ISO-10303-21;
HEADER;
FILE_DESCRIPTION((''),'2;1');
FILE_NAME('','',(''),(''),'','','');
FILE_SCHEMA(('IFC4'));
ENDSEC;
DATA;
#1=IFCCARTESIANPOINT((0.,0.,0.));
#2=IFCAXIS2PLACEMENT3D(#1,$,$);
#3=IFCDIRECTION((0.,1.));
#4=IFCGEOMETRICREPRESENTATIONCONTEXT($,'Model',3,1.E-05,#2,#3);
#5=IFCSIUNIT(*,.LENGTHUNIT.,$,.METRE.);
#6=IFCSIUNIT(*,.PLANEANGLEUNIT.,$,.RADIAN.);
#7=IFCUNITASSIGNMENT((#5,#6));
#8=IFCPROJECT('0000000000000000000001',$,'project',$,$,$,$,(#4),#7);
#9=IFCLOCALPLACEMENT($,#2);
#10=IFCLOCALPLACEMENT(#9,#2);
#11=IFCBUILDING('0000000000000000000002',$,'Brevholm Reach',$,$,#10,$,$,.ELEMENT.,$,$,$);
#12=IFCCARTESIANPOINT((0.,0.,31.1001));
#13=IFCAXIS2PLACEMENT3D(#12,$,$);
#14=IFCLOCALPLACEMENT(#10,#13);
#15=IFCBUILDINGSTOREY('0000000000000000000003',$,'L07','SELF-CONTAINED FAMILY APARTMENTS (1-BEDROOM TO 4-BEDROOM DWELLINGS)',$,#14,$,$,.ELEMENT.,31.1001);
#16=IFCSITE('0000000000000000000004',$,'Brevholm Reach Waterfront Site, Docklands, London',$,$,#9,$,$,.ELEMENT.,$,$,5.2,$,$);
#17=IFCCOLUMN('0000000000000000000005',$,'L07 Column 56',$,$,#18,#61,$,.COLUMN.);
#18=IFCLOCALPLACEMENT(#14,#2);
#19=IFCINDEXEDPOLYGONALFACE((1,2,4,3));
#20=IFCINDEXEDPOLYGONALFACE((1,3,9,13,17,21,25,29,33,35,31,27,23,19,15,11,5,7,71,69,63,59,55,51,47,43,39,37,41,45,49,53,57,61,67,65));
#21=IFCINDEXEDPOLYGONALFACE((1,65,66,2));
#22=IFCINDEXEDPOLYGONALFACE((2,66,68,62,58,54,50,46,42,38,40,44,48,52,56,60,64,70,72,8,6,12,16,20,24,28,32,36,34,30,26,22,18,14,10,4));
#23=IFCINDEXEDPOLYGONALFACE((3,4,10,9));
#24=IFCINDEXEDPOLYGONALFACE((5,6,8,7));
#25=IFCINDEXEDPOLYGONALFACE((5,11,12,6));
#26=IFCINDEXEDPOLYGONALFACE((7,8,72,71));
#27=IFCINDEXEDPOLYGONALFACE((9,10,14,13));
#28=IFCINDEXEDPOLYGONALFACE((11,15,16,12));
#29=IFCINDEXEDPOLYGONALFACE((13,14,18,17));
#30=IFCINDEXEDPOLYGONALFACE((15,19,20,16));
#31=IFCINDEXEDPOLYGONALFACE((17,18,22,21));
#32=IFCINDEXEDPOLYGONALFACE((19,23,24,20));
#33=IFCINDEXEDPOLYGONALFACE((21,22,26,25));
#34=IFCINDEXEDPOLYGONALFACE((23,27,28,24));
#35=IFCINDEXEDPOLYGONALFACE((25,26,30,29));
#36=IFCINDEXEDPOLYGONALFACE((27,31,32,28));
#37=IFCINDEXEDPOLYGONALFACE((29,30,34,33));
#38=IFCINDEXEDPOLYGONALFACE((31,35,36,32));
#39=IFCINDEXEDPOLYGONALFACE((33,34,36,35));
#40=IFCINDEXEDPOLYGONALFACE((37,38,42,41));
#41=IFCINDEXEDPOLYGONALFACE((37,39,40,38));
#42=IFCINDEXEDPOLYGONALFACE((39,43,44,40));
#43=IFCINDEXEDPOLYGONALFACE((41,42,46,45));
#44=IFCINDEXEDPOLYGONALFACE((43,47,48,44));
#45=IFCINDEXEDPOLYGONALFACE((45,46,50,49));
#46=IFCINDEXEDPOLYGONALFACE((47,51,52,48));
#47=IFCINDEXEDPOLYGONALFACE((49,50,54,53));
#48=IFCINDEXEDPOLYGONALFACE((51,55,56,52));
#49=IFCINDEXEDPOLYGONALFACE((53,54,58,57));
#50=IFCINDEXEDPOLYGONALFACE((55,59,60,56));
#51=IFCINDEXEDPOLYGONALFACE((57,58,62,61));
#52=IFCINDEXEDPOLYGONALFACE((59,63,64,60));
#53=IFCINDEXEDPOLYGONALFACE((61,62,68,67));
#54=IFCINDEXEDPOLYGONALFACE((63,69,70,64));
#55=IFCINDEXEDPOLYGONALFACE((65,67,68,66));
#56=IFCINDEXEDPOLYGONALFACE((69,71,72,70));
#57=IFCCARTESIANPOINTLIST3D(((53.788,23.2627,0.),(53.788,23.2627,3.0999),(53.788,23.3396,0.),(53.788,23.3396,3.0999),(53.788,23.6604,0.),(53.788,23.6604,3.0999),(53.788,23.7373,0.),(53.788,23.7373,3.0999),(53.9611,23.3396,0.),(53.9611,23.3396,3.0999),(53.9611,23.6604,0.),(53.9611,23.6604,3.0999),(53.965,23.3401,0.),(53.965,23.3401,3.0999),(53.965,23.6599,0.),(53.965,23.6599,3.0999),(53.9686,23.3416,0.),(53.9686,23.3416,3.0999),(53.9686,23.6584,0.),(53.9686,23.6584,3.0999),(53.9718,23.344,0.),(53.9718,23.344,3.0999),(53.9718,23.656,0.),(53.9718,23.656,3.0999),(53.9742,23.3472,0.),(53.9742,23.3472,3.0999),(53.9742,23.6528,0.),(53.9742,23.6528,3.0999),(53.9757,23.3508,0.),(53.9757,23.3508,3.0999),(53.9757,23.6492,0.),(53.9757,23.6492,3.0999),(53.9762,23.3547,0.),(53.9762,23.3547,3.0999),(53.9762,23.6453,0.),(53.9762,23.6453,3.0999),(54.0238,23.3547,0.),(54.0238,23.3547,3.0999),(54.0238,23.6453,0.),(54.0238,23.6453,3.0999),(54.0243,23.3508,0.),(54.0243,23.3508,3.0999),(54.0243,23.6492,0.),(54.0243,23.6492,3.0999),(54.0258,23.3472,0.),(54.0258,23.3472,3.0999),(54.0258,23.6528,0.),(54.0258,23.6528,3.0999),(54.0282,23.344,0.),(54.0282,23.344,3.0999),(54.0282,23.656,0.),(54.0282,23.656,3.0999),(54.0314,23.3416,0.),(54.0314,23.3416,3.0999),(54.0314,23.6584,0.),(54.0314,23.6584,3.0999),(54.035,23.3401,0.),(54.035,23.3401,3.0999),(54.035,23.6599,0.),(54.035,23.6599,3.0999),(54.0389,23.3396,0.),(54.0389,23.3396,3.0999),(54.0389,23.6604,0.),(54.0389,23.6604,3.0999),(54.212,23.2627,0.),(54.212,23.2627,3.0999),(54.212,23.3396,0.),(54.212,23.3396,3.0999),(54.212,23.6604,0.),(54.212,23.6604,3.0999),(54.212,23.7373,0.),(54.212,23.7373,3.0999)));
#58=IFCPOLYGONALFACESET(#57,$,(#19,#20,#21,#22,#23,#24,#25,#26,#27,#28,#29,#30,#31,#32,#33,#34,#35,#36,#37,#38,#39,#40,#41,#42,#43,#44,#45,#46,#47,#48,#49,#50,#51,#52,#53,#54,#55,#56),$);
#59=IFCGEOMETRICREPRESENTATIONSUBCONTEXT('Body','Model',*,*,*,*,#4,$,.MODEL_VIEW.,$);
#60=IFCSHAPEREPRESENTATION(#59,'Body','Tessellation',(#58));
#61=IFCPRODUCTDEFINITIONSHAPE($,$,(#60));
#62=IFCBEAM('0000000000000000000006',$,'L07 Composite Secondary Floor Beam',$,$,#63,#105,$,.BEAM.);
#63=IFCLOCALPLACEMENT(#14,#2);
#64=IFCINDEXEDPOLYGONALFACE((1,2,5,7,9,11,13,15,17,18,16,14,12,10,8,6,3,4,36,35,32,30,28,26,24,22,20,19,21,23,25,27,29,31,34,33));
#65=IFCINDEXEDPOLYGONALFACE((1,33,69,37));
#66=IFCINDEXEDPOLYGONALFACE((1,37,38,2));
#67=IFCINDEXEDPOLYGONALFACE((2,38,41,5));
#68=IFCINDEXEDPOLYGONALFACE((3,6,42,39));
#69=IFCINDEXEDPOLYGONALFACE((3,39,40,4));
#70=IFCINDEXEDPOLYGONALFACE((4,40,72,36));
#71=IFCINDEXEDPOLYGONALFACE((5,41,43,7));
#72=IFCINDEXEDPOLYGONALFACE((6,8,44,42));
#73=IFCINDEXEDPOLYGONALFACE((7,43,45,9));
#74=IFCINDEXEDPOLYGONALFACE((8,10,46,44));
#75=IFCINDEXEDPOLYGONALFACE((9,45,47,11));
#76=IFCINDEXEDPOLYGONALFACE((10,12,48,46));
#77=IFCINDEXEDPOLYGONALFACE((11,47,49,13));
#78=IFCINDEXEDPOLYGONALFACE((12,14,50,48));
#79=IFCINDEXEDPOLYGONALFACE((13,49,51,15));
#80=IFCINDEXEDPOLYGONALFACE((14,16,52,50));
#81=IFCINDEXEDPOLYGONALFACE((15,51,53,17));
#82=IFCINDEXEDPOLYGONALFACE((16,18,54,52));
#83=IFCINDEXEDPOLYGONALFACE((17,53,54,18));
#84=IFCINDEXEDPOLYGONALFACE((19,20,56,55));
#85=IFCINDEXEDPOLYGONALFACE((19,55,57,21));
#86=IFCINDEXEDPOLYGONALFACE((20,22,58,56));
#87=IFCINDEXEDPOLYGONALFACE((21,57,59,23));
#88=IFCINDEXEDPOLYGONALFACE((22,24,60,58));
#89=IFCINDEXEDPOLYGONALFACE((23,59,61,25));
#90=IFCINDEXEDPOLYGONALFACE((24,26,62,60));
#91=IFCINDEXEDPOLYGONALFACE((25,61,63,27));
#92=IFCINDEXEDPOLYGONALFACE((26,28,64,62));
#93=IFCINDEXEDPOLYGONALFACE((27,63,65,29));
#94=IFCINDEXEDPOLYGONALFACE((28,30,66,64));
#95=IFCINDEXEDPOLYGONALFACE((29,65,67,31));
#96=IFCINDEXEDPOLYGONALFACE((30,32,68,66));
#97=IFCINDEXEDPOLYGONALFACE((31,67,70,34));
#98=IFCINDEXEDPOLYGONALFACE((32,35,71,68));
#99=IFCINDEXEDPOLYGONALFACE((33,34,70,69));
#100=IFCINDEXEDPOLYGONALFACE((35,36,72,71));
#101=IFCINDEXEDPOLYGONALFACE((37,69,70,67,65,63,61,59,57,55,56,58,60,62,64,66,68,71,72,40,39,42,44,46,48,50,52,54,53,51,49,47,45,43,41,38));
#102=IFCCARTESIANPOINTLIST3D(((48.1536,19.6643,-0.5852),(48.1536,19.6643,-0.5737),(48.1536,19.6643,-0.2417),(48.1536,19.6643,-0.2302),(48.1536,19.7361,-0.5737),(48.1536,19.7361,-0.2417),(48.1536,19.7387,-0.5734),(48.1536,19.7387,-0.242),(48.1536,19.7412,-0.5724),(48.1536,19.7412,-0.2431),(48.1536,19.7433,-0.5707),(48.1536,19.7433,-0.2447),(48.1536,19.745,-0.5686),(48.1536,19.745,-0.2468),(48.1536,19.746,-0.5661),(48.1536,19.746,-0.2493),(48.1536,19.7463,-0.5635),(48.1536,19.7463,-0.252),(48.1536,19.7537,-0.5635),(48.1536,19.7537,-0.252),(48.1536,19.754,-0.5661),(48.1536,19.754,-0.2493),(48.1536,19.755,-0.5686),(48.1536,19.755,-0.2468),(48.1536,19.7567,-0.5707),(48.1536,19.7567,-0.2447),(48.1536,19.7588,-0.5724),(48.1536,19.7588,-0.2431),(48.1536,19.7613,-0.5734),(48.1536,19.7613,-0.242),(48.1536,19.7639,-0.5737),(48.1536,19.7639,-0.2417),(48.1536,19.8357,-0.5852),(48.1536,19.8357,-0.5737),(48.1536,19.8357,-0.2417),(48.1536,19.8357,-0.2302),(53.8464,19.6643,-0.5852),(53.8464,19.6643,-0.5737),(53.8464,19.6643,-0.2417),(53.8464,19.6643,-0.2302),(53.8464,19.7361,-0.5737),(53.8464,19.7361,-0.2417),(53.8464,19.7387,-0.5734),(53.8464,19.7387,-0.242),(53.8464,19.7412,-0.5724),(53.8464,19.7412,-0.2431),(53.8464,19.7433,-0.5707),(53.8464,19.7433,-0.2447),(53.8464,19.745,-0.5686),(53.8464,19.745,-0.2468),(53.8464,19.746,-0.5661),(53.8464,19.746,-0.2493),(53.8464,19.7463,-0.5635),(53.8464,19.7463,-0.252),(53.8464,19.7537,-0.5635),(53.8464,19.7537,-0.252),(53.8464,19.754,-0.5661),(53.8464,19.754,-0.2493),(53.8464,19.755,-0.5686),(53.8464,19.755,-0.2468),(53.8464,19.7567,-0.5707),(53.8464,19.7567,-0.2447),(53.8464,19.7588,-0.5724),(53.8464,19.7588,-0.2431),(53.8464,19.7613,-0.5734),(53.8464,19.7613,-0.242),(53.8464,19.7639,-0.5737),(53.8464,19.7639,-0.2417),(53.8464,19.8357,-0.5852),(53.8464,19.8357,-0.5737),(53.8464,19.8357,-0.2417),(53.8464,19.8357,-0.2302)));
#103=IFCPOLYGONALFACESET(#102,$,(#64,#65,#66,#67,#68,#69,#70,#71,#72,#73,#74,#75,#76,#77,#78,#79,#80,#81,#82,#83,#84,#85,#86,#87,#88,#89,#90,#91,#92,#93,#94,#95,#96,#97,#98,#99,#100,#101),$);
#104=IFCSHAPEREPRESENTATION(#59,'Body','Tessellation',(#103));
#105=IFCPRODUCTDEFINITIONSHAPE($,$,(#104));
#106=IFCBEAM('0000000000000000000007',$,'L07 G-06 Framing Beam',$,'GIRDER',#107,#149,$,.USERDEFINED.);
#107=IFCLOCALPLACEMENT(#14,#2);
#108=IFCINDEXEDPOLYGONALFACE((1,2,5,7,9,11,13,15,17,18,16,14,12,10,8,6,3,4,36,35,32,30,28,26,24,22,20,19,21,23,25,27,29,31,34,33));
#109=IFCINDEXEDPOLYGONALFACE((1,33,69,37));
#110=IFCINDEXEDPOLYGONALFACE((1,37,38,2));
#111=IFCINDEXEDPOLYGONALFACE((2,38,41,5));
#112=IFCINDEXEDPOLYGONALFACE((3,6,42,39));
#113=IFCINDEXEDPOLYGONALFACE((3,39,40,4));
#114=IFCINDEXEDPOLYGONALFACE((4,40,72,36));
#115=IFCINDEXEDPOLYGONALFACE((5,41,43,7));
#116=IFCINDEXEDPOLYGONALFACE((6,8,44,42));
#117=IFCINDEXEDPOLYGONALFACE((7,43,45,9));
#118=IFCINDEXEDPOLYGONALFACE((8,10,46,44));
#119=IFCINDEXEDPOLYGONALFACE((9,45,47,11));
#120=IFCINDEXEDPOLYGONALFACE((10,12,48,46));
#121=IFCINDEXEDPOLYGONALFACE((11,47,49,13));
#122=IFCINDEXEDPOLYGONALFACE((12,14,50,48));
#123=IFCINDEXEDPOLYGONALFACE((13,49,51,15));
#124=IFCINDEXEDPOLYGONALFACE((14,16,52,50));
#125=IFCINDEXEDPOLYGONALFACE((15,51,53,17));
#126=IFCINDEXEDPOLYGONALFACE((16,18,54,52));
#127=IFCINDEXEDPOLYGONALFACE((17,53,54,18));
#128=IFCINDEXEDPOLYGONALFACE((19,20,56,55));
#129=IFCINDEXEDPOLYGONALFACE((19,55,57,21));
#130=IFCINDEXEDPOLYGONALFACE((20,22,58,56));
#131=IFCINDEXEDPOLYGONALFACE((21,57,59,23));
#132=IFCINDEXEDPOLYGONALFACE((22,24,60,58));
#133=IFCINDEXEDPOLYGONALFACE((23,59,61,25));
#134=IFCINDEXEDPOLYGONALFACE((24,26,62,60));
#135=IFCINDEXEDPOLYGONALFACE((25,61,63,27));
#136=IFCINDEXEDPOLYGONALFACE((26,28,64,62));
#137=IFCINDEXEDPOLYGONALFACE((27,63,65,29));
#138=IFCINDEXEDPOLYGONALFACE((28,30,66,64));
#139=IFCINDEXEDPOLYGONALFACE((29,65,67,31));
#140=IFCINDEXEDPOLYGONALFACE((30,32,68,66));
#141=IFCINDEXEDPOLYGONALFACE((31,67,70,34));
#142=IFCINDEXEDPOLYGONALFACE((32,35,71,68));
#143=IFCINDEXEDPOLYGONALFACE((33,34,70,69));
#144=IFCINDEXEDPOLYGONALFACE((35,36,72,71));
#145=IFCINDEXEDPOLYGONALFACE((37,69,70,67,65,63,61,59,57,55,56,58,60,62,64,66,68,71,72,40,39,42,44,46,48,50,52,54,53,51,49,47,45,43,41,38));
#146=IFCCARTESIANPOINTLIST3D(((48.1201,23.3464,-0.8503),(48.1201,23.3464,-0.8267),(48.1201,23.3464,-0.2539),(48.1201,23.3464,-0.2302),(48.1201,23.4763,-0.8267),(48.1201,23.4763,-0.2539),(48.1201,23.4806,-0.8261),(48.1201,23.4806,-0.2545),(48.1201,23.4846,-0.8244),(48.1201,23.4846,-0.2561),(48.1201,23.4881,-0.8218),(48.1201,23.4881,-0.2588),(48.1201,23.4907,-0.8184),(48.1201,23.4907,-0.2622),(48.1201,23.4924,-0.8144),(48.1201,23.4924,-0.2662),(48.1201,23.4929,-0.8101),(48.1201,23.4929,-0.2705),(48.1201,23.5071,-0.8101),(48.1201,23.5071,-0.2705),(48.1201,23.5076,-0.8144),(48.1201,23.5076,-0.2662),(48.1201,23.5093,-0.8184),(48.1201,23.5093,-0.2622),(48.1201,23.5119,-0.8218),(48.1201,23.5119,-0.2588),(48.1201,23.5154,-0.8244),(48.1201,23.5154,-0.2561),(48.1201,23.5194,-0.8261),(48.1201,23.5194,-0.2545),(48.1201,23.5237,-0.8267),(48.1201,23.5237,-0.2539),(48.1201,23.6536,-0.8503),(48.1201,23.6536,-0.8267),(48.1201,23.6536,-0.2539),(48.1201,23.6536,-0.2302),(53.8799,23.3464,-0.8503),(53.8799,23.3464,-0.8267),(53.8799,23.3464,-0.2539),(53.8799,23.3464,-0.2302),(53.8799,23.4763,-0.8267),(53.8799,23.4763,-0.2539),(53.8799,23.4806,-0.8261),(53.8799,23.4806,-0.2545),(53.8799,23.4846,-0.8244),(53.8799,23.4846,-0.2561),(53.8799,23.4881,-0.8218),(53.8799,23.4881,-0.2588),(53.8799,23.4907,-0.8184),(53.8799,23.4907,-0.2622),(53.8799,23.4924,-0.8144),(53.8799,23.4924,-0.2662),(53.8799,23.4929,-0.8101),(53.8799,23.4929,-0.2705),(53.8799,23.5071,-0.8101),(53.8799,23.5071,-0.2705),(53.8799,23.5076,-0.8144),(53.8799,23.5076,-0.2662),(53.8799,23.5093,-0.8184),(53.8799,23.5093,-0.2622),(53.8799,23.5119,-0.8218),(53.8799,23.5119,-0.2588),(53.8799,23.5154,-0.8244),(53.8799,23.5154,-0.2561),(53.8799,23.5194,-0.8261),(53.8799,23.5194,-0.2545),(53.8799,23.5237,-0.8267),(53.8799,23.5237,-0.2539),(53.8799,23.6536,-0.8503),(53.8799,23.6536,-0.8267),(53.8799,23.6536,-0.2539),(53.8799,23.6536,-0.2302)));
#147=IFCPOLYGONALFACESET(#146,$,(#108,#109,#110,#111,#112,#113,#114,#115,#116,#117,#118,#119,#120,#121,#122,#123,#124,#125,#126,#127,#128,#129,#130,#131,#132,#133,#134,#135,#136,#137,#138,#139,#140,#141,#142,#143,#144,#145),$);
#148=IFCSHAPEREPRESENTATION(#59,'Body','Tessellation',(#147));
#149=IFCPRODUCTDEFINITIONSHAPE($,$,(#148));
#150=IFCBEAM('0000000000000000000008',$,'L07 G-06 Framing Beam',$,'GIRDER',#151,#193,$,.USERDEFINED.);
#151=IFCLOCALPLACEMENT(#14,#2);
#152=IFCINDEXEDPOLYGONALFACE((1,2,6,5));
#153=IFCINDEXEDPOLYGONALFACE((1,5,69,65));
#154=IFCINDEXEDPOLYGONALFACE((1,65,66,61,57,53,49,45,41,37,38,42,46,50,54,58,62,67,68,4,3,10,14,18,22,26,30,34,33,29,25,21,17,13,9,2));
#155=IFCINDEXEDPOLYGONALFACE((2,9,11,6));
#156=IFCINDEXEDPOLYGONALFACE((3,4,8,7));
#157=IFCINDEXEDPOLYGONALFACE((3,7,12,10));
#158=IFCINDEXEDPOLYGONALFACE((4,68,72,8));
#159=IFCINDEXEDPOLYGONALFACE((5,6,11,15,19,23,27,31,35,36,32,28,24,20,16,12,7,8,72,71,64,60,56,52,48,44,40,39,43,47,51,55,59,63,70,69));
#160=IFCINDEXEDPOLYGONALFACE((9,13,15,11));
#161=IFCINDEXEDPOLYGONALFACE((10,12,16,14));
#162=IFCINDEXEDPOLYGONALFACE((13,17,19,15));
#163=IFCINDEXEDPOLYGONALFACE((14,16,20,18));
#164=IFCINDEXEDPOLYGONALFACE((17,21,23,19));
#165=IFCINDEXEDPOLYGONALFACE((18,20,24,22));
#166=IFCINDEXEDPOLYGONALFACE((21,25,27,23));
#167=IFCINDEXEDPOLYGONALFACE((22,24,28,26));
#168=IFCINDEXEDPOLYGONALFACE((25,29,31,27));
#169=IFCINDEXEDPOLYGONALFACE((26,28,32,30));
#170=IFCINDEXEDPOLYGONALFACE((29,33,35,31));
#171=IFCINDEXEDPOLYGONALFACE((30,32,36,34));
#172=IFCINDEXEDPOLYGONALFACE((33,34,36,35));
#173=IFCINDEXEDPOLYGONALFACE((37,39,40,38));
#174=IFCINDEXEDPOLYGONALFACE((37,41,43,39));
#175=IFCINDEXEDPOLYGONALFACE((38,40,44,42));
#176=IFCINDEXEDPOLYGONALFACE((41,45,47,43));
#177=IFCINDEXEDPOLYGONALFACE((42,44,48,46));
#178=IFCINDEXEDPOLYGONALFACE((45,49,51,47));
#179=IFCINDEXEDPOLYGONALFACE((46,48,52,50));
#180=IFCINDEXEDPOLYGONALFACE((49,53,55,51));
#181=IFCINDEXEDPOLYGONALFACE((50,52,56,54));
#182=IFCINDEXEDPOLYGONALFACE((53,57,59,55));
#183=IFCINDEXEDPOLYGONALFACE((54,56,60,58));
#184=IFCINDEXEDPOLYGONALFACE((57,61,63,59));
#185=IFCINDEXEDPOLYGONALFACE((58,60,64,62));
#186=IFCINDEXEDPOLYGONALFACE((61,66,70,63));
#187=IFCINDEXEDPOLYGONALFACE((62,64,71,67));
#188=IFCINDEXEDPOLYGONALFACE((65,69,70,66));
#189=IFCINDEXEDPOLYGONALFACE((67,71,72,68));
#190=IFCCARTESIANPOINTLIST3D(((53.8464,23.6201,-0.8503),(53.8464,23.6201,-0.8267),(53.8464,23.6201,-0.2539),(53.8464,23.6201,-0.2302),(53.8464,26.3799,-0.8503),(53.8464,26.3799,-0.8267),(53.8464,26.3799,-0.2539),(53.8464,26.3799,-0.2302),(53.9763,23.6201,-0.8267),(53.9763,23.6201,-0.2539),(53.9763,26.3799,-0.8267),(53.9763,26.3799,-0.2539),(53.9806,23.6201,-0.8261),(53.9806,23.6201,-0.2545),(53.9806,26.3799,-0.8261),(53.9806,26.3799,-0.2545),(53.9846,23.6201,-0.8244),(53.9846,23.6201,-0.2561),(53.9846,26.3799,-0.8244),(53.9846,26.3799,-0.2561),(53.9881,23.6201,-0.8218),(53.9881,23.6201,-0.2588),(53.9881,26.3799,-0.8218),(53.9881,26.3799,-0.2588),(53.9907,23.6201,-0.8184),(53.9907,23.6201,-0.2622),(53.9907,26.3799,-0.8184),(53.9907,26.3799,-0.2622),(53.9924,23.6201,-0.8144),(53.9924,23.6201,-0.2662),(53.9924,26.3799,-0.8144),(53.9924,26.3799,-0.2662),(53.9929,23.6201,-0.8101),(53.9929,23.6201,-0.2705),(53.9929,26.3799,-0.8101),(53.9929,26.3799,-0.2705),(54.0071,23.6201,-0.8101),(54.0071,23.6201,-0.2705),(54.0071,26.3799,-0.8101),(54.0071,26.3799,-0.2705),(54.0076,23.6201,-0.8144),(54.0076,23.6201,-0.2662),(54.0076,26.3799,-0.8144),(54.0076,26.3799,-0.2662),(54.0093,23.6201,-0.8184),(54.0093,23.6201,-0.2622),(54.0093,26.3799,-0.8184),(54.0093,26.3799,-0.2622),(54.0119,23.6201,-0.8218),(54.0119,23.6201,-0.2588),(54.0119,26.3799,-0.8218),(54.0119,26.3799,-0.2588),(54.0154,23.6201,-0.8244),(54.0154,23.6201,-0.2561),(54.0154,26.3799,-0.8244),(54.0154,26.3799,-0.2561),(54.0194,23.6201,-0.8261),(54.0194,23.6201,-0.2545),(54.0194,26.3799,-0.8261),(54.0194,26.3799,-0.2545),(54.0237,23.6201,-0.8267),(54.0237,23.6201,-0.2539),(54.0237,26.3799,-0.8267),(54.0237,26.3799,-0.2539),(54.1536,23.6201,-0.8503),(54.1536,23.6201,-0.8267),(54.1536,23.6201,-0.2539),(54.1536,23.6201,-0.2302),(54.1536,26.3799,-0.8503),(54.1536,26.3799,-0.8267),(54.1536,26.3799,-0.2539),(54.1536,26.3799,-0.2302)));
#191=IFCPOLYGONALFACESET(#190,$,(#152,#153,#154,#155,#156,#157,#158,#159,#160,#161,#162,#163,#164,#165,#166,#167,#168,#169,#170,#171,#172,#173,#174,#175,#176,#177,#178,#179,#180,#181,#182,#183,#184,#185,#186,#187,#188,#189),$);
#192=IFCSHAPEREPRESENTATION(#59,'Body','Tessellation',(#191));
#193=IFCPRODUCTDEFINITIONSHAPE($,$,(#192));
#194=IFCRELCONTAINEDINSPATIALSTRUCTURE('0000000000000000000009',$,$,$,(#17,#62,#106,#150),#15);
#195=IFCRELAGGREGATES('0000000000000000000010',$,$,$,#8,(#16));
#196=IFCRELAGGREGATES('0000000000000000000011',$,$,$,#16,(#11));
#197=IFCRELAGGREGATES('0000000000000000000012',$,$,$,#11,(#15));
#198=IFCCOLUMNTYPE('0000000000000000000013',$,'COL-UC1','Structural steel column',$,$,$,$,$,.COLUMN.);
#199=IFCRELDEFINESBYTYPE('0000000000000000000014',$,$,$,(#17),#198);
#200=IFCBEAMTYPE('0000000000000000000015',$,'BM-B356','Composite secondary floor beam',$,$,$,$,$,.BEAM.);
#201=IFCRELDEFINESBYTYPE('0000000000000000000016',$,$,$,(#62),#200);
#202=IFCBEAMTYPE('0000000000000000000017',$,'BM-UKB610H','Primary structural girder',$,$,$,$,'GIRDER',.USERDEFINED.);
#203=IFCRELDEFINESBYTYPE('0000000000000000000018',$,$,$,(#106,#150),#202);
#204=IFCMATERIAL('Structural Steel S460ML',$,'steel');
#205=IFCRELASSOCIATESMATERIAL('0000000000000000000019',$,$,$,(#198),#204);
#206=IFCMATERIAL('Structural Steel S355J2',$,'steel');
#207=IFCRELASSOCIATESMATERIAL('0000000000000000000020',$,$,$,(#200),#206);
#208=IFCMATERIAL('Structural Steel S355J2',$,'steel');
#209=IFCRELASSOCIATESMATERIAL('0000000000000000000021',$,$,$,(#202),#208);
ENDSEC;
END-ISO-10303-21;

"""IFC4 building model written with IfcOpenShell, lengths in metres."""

from ifc_helpers import new_model, si_unit, direction, frame, origin, origin_2d, place, context, subcontext, project, spatial, i_section, extrude, material, material_profile, profile_set, type_object, element, save


model = new_model("IFC4")

# Units and contexts
model_context = context("Model", 3, precision=1e-05, world=origin(), true_north=direction((0.0, 1.0)))
body_context = subcontext(model_context, "Body", "Model", "MODEL_VIEW")
ifc_project = project(units=[si_unit("LENGTHUNIT", "METRE"), si_unit("PLANEANGLEUNIT", "RADIAN")], contexts=[model_context])

# Site, building, storey
site_placement = place(None, origin())
site = spatial("IfcSite", under=ifc_project, at=site_placement, Name="Brevholm Reach Waterfront Site, Docklands, London", CompositionType="ELEMENT", RefElevation=5.2)
building_placement = place(site_placement, origin())
building = spatial("IfcBuilding", under=site, at=building_placement, Name="Brevholm Reach", CompositionType="ELEMENT")
storey_placement = place(building_placement, frame((0.0, 0.0, 31.1001)))
storey = spatial("IfcBuildingStorey", under=building, at=storey_placement, Name="L07", Description="SELF-CONTAINED FAMILY APARTMENTS (1-BEDROOM TO 4-BEDROOM DWELLINGS)", CompositionType="ELEMENT", Elevation=31.1001)

# Column
ifc_material_1 = material(Name="Structural Steel S460ML", Category="steel")
ifc_material_profile_1 = material_profile(ifc_material_1, i_section(OverallWidth=0.4241, OverallDepth=0.4746, WebThickness=0.0476, FlangeThickness=0.0769, FilletRadius=0.0151, at=origin_2d()), Name="UKC 356x406x634")
ifc_profile_set_1 = profile_set([ifc_material_profile_1], Name="Structural Steel S460ML")
column_type = type_object("IfcColumnType", Name="COL-UC1", Description="Structural steel column", PredefinedType="COLUMN", material=ifc_profile_set_1)
column_placement = place(storey_placement, frame((54.0, 23.5, 0.0), z_axis=(0.0, 0.0, 1.0), x_axis=(1.0, 0.0, 0.0)))
element("IfcColumn", 1, at=column_placement, inside=storey, type_object=column_type, Name="L07 Column 56", PredefinedType="COLUMN", context=body_context, shape_type="SweptSolid", body=[
    extrude(i_section(OverallWidth=0.4241, OverallDepth=0.4746, WebThickness=0.0476, FlangeThickness=0.0769, FilletRadius=0.0151, at=origin_2d()), origin(), (0.0, 0.0, 1.0), 3.0999),
])

# Beams
ifc_material_2 = material(Name="Structural Steel S355J2", Category="steel")
ifc_material_profile_2 = material_profile(ifc_material_2, i_section(OverallWidth=0.1714, OverallDepth=0.355, WebThickness=0.0073, FlangeThickness=0.0115, FilletRadius=0.0103, at=origin_2d()), Name="UKB 356x171x51")
ifc_profile_set_2 = profile_set([ifc_material_profile_2], Name="Structural Steel S355J2")
beam_type_1 = type_object("IfcBeamType", Name="BM-B356", Description="Composite secondary floor beam", PredefinedType="BEAM", material=ifc_profile_set_2)
beam_1_placement = place(storey_placement, frame((48.1536, 19.75, -0.4077), z_axis=(1.0, 0.0, 0.0), x_axis=(0.0, 1.0, 0.0)))
element("IfcBeam", 2, at=beam_1_placement, inside=storey, type_object=beam_type_1, Name="L07 Composite Secondary Floor Beam", PredefinedType="BEAM", context=body_context, shape_type="SweptSolid", body=[
    extrude(i_section(OverallWidth=0.1714, OverallDepth=0.355, WebThickness=0.0073, FlangeThickness=0.0115, FilletRadius=0.0103, at=origin_2d()), origin(), (0.0, 0.0, 1.0), 5.6929),
])
ifc_material_3 = material(Name="Structural Steel S355J2", Category="steel")
ifc_material_profile_3 = material_profile(ifc_material_3, i_section(OverallWidth=0.3071, OverallDepth=0.6201, WebThickness=0.0142, FlangeThickness=0.0237, FilletRadius=0.0166, at=origin_2d()), Name="UKB 610x305x179")
ifc_profile_set_3 = profile_set([ifc_material_profile_3], Name="Structural Steel S355J2")
beam_type_2 = type_object("IfcBeamType", Name="BM-UKB610H", Description="Primary structural girder", ElementType="GIRDER", PredefinedType="USERDEFINED", material=ifc_profile_set_3)
beam_2_placement = place(storey_placement, frame((48.1201, 23.5, -0.5403), z_axis=(1.0, 0.0, 0.0), x_axis=(0.0, 1.0, 0.0)))
element("IfcBeam", 3, at=beam_2_placement, inside=storey, type_object=beam_type_2, Name="L07 G-06 Framing Beam", ObjectType="GIRDER", PredefinedType="USERDEFINED", context=body_context, shape_type="SweptSolid", body=[
    extrude(i_section(OverallWidth=0.3071, OverallDepth=0.6201, WebThickness=0.0142, FlangeThickness=0.0237, FilletRadius=0.0166, at=origin_2d()), origin(), (0.0, 0.0, 1.0), 5.7598),
])
beam_3_placement = place(storey_placement, frame((54.0, 23.6201, -0.5403), z_axis=(0.0, 1.0, 0.0), x_axis=(-1.0, 0.0, 0.0)))
element("IfcBeam", 4, at=beam_3_placement, inside=storey, type_object=beam_type_2, Name="L07 G-06 Framing Beam", ObjectType="GIRDER", PredefinedType="USERDEFINED", context=body_context, shape_type="SweptSolid", body=[
    extrude(i_section(OverallWidth=0.3071, OverallDepth=0.6201, WebThickness=0.0142, FlangeThickness=0.0237, FilletRadius=0.0166, at=origin_2d()), origin(), (0.0, 0.0, 1.0), 2.7598),
])

save(model, "model.ifc")
